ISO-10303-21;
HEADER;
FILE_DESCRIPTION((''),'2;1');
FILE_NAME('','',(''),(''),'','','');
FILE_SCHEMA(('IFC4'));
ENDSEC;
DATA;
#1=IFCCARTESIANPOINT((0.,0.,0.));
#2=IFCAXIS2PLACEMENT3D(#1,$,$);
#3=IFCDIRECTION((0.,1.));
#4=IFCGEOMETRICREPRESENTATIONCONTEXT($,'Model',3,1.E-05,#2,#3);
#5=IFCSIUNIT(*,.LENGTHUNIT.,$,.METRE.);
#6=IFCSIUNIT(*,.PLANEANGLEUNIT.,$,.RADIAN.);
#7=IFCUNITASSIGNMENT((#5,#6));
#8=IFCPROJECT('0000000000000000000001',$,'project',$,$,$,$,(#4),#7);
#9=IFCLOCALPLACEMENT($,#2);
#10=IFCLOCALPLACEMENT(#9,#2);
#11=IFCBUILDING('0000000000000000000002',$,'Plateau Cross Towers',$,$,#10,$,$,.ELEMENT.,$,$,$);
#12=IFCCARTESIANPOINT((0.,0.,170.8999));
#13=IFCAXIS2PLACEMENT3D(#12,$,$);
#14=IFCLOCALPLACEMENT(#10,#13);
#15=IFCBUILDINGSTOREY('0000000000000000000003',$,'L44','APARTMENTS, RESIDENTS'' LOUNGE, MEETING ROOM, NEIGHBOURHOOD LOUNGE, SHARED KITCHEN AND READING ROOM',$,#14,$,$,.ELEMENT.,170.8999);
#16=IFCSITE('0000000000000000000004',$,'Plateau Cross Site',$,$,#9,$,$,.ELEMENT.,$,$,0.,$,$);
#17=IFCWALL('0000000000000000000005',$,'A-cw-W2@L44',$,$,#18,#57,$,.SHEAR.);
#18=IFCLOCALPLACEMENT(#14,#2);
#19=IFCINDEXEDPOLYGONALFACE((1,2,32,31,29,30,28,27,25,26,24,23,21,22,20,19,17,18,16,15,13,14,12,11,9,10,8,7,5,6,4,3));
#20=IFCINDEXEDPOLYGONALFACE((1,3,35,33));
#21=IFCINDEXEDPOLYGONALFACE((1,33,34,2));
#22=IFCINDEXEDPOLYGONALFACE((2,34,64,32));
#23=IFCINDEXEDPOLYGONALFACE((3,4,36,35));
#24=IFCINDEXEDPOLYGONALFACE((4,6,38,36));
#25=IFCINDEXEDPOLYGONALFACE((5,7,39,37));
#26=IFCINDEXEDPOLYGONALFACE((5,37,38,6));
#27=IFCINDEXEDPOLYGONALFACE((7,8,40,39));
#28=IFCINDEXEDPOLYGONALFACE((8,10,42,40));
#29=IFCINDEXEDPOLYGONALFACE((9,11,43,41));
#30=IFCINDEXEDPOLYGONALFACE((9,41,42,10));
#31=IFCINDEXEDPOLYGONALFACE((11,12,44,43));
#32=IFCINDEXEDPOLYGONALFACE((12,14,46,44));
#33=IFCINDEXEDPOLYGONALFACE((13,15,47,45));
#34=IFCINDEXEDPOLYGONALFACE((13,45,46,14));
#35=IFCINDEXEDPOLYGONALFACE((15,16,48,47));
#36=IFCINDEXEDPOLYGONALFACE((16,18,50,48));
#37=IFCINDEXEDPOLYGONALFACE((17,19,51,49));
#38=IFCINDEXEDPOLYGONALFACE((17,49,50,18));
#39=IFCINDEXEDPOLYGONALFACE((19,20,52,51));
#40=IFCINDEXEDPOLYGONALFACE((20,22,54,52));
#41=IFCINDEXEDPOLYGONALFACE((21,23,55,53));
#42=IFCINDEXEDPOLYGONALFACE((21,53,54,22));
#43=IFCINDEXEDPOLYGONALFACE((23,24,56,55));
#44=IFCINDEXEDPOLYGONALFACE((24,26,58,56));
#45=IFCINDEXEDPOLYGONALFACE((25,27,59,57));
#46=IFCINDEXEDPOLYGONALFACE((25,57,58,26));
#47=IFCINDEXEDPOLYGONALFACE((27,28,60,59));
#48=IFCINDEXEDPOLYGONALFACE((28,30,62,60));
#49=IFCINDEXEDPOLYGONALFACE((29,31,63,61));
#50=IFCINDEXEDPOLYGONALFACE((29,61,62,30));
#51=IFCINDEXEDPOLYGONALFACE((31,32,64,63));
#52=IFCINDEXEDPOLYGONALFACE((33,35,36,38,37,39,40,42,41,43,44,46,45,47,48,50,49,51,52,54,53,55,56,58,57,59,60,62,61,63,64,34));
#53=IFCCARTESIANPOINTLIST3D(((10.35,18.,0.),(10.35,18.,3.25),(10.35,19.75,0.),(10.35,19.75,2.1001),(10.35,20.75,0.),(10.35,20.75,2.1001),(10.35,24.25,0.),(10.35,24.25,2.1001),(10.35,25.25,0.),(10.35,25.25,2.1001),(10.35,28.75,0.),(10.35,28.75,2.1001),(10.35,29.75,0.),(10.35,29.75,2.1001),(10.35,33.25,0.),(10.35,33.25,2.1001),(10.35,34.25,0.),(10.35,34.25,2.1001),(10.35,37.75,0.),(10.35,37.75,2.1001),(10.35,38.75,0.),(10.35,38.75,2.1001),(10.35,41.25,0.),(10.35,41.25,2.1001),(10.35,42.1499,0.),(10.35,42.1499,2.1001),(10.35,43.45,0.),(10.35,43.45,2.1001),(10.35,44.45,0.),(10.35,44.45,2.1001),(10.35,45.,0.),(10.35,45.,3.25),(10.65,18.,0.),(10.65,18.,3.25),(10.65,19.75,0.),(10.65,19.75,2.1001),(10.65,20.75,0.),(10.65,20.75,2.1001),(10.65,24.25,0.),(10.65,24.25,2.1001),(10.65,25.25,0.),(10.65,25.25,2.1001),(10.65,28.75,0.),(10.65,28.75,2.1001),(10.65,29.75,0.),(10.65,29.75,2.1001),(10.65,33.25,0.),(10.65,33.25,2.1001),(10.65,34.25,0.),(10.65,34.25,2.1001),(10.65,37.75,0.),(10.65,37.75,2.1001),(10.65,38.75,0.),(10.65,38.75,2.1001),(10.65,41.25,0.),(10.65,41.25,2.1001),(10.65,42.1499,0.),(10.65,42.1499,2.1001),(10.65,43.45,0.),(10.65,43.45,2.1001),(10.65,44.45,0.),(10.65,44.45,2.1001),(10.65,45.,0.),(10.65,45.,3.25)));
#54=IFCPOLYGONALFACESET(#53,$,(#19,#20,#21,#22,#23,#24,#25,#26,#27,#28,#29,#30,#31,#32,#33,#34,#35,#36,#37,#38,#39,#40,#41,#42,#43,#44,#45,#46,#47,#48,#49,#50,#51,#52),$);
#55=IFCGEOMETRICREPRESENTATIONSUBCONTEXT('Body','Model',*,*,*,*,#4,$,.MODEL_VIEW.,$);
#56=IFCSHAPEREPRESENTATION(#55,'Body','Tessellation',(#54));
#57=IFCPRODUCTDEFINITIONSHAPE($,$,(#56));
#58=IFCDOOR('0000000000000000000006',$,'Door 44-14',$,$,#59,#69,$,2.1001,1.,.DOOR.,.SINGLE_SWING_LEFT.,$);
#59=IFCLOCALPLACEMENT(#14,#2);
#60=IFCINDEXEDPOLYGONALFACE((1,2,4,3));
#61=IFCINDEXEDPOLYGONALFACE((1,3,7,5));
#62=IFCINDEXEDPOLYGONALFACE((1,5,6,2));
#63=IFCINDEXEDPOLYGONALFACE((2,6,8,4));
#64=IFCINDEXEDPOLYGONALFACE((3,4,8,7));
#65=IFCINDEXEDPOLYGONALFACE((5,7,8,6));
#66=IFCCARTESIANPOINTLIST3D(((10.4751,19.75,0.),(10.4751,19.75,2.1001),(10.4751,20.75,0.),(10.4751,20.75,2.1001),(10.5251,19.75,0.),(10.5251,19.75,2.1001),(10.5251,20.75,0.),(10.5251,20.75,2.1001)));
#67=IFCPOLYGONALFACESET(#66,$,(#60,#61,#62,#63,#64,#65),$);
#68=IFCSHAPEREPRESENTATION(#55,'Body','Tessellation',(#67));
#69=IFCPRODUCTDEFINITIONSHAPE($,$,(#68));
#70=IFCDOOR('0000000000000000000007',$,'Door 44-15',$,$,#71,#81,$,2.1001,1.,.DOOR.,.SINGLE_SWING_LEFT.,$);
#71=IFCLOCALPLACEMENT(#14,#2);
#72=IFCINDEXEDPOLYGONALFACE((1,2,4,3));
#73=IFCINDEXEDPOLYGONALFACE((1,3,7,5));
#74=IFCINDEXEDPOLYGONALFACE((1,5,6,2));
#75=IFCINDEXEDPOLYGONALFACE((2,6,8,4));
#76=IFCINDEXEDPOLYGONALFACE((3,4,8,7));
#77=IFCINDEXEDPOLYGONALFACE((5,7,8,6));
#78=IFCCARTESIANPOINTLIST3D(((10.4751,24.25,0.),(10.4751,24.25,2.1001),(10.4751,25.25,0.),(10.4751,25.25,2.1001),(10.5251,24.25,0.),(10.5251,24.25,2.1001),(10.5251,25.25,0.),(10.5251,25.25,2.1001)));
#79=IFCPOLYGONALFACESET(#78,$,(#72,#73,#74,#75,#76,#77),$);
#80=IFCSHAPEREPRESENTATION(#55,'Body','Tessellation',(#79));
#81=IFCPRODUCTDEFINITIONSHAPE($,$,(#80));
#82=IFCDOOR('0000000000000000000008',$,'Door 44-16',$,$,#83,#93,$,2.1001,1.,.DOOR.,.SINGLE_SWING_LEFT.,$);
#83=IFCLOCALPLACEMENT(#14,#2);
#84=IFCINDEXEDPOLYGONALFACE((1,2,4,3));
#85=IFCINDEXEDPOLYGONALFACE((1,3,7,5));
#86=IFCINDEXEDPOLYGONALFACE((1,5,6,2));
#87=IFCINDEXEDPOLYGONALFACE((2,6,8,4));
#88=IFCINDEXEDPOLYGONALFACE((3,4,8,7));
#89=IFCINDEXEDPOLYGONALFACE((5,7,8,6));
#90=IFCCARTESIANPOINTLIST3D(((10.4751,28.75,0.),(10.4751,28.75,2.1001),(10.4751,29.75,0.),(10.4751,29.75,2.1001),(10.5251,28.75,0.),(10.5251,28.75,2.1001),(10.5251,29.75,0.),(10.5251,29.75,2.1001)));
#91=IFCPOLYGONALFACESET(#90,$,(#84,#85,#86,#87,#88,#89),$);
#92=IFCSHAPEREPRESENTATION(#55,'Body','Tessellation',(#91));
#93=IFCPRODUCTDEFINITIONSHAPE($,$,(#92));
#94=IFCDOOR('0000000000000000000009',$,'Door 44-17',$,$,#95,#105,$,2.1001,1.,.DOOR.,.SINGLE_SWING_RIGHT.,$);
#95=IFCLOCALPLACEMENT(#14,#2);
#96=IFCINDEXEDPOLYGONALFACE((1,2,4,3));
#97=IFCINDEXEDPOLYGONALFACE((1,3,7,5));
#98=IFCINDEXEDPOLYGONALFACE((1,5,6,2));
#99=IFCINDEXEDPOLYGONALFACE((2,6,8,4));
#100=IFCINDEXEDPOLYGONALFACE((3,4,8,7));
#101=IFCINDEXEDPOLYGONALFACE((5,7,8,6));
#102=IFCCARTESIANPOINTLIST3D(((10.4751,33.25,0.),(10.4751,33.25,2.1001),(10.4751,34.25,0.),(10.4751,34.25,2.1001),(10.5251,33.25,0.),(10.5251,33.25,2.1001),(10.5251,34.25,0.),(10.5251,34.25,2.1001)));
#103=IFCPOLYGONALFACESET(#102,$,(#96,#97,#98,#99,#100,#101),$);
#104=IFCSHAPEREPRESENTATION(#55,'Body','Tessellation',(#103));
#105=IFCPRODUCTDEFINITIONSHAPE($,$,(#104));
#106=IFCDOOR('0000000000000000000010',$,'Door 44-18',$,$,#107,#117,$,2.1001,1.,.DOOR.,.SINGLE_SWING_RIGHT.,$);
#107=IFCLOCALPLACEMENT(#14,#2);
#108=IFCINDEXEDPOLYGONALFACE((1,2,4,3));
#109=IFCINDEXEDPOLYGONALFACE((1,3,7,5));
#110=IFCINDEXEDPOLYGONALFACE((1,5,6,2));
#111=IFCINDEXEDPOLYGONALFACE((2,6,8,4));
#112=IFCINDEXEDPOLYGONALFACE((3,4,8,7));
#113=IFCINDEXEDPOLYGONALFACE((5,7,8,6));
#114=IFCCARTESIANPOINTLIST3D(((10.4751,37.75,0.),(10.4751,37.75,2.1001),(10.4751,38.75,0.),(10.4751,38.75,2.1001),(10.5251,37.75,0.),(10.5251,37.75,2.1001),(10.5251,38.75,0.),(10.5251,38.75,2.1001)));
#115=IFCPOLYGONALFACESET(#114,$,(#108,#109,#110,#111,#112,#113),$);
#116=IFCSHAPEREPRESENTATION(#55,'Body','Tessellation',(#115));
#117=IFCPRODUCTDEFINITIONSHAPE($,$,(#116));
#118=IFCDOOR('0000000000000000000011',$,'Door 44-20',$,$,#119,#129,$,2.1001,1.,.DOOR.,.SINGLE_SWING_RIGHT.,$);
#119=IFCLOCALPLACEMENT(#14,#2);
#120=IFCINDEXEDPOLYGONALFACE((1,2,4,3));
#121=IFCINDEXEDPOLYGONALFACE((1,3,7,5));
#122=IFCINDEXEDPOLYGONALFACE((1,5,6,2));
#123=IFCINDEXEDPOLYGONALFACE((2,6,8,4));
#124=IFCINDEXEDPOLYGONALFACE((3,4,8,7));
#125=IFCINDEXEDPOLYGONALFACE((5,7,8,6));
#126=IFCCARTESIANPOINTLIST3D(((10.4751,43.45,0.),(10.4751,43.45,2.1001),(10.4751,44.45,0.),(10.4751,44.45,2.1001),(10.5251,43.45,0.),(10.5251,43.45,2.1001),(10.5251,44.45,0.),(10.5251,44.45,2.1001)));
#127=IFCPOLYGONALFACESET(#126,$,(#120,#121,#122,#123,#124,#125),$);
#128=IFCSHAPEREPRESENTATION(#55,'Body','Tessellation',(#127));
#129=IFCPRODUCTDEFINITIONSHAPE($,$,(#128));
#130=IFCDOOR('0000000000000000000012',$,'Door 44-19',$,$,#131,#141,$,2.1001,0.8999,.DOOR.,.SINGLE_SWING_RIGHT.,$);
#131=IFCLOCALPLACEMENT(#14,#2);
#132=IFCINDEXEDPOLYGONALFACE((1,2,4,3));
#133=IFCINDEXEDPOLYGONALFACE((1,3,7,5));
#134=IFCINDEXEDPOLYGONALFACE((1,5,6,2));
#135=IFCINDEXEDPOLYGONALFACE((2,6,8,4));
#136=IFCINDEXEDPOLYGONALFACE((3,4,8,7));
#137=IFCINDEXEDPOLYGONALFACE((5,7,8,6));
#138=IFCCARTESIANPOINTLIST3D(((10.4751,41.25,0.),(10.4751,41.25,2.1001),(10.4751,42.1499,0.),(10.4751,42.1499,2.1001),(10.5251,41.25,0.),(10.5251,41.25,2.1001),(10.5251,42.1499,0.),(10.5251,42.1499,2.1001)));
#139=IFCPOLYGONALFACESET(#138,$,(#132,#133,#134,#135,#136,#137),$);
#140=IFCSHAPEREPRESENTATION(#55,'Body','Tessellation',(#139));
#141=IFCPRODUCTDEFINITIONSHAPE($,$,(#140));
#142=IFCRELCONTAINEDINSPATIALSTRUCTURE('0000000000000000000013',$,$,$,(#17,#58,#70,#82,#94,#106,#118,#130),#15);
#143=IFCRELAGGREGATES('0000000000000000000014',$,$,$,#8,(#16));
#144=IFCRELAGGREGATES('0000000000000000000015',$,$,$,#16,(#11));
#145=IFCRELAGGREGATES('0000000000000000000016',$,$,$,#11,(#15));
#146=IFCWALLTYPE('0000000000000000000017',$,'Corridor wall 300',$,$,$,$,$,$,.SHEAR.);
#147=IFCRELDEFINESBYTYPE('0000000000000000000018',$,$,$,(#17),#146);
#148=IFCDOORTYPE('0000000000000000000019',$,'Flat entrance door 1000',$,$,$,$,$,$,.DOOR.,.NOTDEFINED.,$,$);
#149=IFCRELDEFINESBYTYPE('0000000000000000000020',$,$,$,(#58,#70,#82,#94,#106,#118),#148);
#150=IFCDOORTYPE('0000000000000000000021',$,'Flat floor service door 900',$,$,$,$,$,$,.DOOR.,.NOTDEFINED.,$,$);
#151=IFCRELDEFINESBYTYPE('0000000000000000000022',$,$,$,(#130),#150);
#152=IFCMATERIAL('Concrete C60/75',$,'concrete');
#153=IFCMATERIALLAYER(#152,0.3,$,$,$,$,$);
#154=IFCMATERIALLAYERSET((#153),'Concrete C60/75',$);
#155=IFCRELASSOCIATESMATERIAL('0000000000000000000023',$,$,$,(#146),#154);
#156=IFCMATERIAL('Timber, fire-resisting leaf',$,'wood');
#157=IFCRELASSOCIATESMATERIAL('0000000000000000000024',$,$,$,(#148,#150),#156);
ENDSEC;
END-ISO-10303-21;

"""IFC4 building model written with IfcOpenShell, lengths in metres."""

from ifc_helpers import new_model, si_unit, direction, frame, frame_2d, origin, place, context, subcontext, project, spatial, rectangle, extrude, material, layer, layer_set, type_object, element, fill, save


model = new_model("IFC4")

# Units and contexts
model_context = context("Model", 3, precision=1e-05, world=origin(), true_north=direction((0.0, 1.0)))
body_context = subcontext(model_context, "Body", "Model", "MODEL_VIEW")
ifc_project = project(units=[si_unit("LENGTHUNIT", "METRE"), si_unit("PLANEANGLEUNIT", "RADIAN")], contexts=[model_context])

# Site, building, storey
site_placement = place(None, origin())
site = spatial("IfcSite", under=ifc_project, at=site_placement, Name="Plateau Cross Site", CompositionType="ELEMENT", RefElevation=0.0)
building_placement = place(site_placement, origin())
building = spatial("IfcBuilding", under=site, at=building_placement, Name="Plateau Cross Towers", CompositionType="ELEMENT")
storey_placement = place(building_placement, frame((0.0, 0.0, 170.8999)))
storey = spatial("IfcBuildingStorey", under=building, at=storey_placement, Name="L44", Description="APARTMENTS, RESIDENTS' LOUNGE, MEETING ROOM, NEIGHBOURHOOD LOUNGE, SHARED KITCHEN AND READING ROOM", CompositionType="ELEMENT", Elevation=170.8999)

# Shared definitions
ifc_material_1 = material(Name="Concrete C60/75", Category="concrete")

# Wall, openings, doors
ifc_layer_1 = layer(ifc_material_1, 0.3)
ifc_layer_set_1 = layer_set([ifc_layer_1], Name="Concrete C60/75")
wall_type_1 = type_object("IfcWallType", Name="Corridor wall 300", PredefinedType="SHEAR", material=ifc_layer_set_1)
wall_1_placement = place(storey_placement, frame((10.5, 18.0, 0.0), z_axis=(0.0, 0.0, 1.0), x_axis=(0.0, 1.0, 0.0)))
wall_1 = element("IfcWall", 1, at=wall_1_placement, inside=storey, type_object=wall_type_1, Name="A-cw-W2@L44", PredefinedType="SHEAR", context=body_context, shape_type="SweptSolid", body=[
    extrude(rectangle(XDim=27.0, YDim=0.3, at=frame_2d((13.5, 0.0))), origin(), (0.0, 0.0, 1.0), 3.25),
])
opening_1_placement = place(wall_1_placement, frame((1.75, 0.0, 0.0)))
opening_1 = element("IfcOpeningElement", 2, at=opening_1_placement, cuts=wall_1, PredefinedType="OPENING", context=body_context, shape_type="SweptSolid", body=[
    extrude(rectangle(XDim=1.0, YDim=2.1001, at=frame_2d((0.5, 1.05))), frame((0.0, 0.1599, 0.0), z_axis=(0.0, -1.0, 0.0), x_axis=(1.0, 0.0, 0.0)), (0.0, 0.0, 1.0), 0.3201),
])
opening_2_placement = place(wall_1_placement, frame((6.25, 0.0, 0.0)))
opening_2 = element("IfcOpeningElement", 3, at=opening_2_placement, cuts=wall_1, PredefinedType="OPENING", context=body_context, shape_type="SweptSolid", body=[
    extrude(rectangle(XDim=1.0, YDim=2.1001, at=frame_2d((0.5, 1.05))), frame((0.0, 0.1599, 0.0), z_axis=(0.0, -1.0, 0.0), x_axis=(1.0, 0.0, 0.0)), (0.0, 0.0, 1.0), 0.3201),
])
opening_3_placement = place(wall_1_placement, frame((10.75, 0.0, 0.0)))
opening_3 = element("IfcOpeningElement", 4, at=opening_3_placement, cuts=wall_1, PredefinedType="OPENING", context=body_context, shape_type="SweptSolid", body=[
    extrude(rectangle(XDim=1.0, YDim=2.1001, at=frame_2d((0.5, 1.05))), frame((0.0, 0.1599, 0.0), z_axis=(0.0, -1.0, 0.0), x_axis=(1.0, 0.0, 0.0)), (0.0, 0.0, 1.0), 0.3201),
])
opening_4_placement = place(wall_1_placement, frame((15.25, 0.0, 0.0)))
opening_4 = element("IfcOpeningElement", 5, at=opening_4_placement, cuts=wall_1, PredefinedType="OPENING", context=body_context, shape_type="SweptSolid", body=[
    extrude(rectangle(XDim=1.0, YDim=2.1001, at=frame_2d((0.5, 1.05))), frame((0.0, 0.1599, 0.0), z_axis=(0.0, -1.0, 0.0), x_axis=(1.0, 0.0, 0.0)), (0.0, 0.0, 1.0), 0.3201),
])
opening_5_placement = place(wall_1_placement, frame((19.75, 0.0, 0.0)))
opening_5 = element("IfcOpeningElement", 6, at=opening_5_placement, cuts=wall_1, PredefinedType="OPENING", context=body_context, shape_type="SweptSolid", body=[
    extrude(rectangle(XDim=1.0, YDim=2.1001, at=frame_2d((0.5, 1.05))), frame((0.0, 0.1599, 0.0), z_axis=(0.0, -1.0, 0.0), x_axis=(1.0, 0.0, 0.0)), (0.0, 0.0, 1.0), 0.3201),
])
opening_6_placement = place(wall_1_placement, frame((23.25, 0.0, 0.0)))
opening_6 = element("IfcOpeningElement", 7, at=opening_6_placement, cuts=wall_1, PredefinedType="OPENING", context=body_context, shape_type="SweptSolid", body=[
    extrude(rectangle(XDim=0.8999, YDim=2.1001, at=frame_2d((0.45, 1.05))), frame((0.0, 0.1599, 0.0), z_axis=(0.0, -1.0, 0.0), x_axis=(1.0, 0.0, 0.0)), (0.0, 0.0, 1.0), 0.3201),
])
opening_7_placement = place(wall_1_placement, frame((25.45, 0.0, 0.0)))
opening_7 = element("IfcOpeningElement", 8, at=opening_7_placement, cuts=wall_1, PredefinedType="OPENING", context=body_context, shape_type="SweptSolid", body=[
    extrude(rectangle(XDim=1.0, YDim=2.1001, at=frame_2d((0.5, 1.05))), frame((0.0, 0.1599, 0.0), z_axis=(0.0, -1.0, 0.0), x_axis=(1.0, 0.0, 0.0)), (0.0, 0.0, 1.0), 0.3201),
])
ifc_material_2 = material(Name="Timber, fire-resisting leaf", Category="wood")
door_type_1 = type_object("IfcDoorType", Name="Flat entrance door 1000", OperationType="NOTDEFINED", PredefinedType="DOOR", material=ifc_material_2)
door_1_placement = place(opening_1_placement, origin())
door_1 = element("IfcDoor", 9, at=door_1_placement, inside=storey, type_object=door_type_1, Name="Door 44-14", OperationType="SINGLE_SWING_LEFT", OverallHeight=2.1001, OverallWidth=1.0, PredefinedType="DOOR", context=body_context, shape_type="SweptSolid", body=[
    extrude(rectangle(XDim=1.0, YDim=2.1001, at=frame_2d((0.5, 1.05))), frame((0.0, 0.0249, 0.0), z_axis=(0.0, -1.0, 0.0), x_axis=(1.0, 0.0, 0.0)), (0.0, 0.0, 1.0), 0.05),
])
fill(opening_1, door_1)
door_2_placement = place(opening_2_placement, origin())
door_2 = element("IfcDoor", 10, at=door_2_placement, inside=storey, type_object=door_type_1, Name="Door 44-15", OperationType="SINGLE_SWING_LEFT", OverallHeight=2.1001, OverallWidth=1.0, PredefinedType="DOOR", context=body_context, shape_type="SweptSolid", body=[
    extrude(rectangle(XDim=1.0, YDim=2.1001, at=frame_2d((0.5, 1.05))), frame((0.0, 0.0249, 0.0), z_axis=(0.0, -1.0, 0.0), x_axis=(1.0, 0.0, 0.0)), (0.0, 0.0, 1.0), 0.05),
])
fill(opening_2, door_2)
door_3_placement = place(opening_3_placement, origin())
door_3 = element("IfcDoor", 11, at=door_3_placement, inside=storey, type_object=door_type_1, Name="Door 44-16", OperationType="SINGLE_SWING_LEFT", OverallHeight=2.1001, OverallWidth=1.0, PredefinedType="DOOR", context=body_context, shape_type="SweptSolid", body=[
    extrude(rectangle(XDim=1.0, YDim=2.1001, at=frame_2d((0.5, 1.05))), frame((0.0, 0.0249, 0.0), z_axis=(0.0, -1.0, 0.0), x_axis=(1.0, 0.0, 0.0)), (0.0, 0.0, 1.0), 0.05),
])
fill(opening_3, door_3)
door_4_placement = place(opening_4_placement, origin())
door_4 = element("IfcDoor", 12, at=door_4_placement, inside=storey, type_object=door_type_1, Name="Door 44-17", OperationType="SINGLE_SWING_RIGHT", OverallHeight=2.1001, OverallWidth=1.0, PredefinedType="DOOR", context=body_context, shape_type="SweptSolid", body=[
    extrude(rectangle(XDim=1.0, YDim=2.1001, at=frame_2d((0.5, 1.05))), frame((0.0, 0.0249, 0.0), z_axis=(0.0, -1.0, 0.0), x_axis=(1.0, 0.0, 0.0)), (0.0, 0.0, 1.0), 0.05),
])
fill(opening_4, door_4)
door_5_placement = place(opening_5_placement, origin())
door_5 = element("IfcDoor", 13, at=door_5_placement, inside=storey, type_object=door_type_1, Name="Door 44-18", OperationType="SINGLE_SWING_RIGHT", OverallHeight=2.1001, OverallWidth=1.0, PredefinedType="DOOR", context=body_context, shape_type="SweptSolid", body=[
    extrude(rectangle(XDim=1.0, YDim=2.1001, at=frame_2d((0.5, 1.05))), frame((0.0, 0.0249, 0.0), z_axis=(0.0, -1.0, 0.0), x_axis=(1.0, 0.0, 0.0)), (0.0, 0.0, 1.0), 0.05),
])
fill(opening_5, door_5)
door_6_placement = place(opening_7_placement, origin())
door_6 = element("IfcDoor", 14, at=door_6_placement, inside=storey, type_object=door_type_1, Name="Door 44-20", OperationType="SINGLE_SWING_RIGHT", OverallHeight=2.1001, OverallWidth=1.0, PredefinedType="DOOR", context=body_context, shape_type="SweptSolid", body=[
    extrude(rectangle(XDim=1.0, YDim=2.1001, at=frame_2d((0.5, 1.05))), frame((0.0, 0.0249, 0.0), z_axis=(0.0, -1.0, 0.0), x_axis=(1.0, 0.0, 0.0)), (0.0, 0.0, 1.0), 0.05),
])
fill(opening_7, door_6)
door_type_2 = type_object("IfcDoorType", Name="Flat floor service door 900", OperationType="NOTDEFINED", PredefinedType="DOOR", material=ifc_material_2)
door_7_placement = place(opening_6_placement, origin())
door_7 = element("IfcDoor", 15, at=door_7_placement, inside=storey, type_object=door_type_2, Name="Door 44-19", OperationType="SINGLE_SWING_RIGHT", OverallHeight=2.1001, OverallWidth=0.8999, PredefinedType="DOOR", context=body_context, shape_type="SweptSolid", body=[
    extrude(rectangle(XDim=0.8999, YDim=2.1001, at=frame_2d((0.45, 1.05))), frame((0.0, 0.0249, 0.0), z_axis=(0.0, -1.0, 0.0), x_axis=(1.0, 0.0, 0.0)), (0.0, 0.0, 1.0), 0.05),
])
fill(opening_6, door_7)

save(model, "model.ifc")
